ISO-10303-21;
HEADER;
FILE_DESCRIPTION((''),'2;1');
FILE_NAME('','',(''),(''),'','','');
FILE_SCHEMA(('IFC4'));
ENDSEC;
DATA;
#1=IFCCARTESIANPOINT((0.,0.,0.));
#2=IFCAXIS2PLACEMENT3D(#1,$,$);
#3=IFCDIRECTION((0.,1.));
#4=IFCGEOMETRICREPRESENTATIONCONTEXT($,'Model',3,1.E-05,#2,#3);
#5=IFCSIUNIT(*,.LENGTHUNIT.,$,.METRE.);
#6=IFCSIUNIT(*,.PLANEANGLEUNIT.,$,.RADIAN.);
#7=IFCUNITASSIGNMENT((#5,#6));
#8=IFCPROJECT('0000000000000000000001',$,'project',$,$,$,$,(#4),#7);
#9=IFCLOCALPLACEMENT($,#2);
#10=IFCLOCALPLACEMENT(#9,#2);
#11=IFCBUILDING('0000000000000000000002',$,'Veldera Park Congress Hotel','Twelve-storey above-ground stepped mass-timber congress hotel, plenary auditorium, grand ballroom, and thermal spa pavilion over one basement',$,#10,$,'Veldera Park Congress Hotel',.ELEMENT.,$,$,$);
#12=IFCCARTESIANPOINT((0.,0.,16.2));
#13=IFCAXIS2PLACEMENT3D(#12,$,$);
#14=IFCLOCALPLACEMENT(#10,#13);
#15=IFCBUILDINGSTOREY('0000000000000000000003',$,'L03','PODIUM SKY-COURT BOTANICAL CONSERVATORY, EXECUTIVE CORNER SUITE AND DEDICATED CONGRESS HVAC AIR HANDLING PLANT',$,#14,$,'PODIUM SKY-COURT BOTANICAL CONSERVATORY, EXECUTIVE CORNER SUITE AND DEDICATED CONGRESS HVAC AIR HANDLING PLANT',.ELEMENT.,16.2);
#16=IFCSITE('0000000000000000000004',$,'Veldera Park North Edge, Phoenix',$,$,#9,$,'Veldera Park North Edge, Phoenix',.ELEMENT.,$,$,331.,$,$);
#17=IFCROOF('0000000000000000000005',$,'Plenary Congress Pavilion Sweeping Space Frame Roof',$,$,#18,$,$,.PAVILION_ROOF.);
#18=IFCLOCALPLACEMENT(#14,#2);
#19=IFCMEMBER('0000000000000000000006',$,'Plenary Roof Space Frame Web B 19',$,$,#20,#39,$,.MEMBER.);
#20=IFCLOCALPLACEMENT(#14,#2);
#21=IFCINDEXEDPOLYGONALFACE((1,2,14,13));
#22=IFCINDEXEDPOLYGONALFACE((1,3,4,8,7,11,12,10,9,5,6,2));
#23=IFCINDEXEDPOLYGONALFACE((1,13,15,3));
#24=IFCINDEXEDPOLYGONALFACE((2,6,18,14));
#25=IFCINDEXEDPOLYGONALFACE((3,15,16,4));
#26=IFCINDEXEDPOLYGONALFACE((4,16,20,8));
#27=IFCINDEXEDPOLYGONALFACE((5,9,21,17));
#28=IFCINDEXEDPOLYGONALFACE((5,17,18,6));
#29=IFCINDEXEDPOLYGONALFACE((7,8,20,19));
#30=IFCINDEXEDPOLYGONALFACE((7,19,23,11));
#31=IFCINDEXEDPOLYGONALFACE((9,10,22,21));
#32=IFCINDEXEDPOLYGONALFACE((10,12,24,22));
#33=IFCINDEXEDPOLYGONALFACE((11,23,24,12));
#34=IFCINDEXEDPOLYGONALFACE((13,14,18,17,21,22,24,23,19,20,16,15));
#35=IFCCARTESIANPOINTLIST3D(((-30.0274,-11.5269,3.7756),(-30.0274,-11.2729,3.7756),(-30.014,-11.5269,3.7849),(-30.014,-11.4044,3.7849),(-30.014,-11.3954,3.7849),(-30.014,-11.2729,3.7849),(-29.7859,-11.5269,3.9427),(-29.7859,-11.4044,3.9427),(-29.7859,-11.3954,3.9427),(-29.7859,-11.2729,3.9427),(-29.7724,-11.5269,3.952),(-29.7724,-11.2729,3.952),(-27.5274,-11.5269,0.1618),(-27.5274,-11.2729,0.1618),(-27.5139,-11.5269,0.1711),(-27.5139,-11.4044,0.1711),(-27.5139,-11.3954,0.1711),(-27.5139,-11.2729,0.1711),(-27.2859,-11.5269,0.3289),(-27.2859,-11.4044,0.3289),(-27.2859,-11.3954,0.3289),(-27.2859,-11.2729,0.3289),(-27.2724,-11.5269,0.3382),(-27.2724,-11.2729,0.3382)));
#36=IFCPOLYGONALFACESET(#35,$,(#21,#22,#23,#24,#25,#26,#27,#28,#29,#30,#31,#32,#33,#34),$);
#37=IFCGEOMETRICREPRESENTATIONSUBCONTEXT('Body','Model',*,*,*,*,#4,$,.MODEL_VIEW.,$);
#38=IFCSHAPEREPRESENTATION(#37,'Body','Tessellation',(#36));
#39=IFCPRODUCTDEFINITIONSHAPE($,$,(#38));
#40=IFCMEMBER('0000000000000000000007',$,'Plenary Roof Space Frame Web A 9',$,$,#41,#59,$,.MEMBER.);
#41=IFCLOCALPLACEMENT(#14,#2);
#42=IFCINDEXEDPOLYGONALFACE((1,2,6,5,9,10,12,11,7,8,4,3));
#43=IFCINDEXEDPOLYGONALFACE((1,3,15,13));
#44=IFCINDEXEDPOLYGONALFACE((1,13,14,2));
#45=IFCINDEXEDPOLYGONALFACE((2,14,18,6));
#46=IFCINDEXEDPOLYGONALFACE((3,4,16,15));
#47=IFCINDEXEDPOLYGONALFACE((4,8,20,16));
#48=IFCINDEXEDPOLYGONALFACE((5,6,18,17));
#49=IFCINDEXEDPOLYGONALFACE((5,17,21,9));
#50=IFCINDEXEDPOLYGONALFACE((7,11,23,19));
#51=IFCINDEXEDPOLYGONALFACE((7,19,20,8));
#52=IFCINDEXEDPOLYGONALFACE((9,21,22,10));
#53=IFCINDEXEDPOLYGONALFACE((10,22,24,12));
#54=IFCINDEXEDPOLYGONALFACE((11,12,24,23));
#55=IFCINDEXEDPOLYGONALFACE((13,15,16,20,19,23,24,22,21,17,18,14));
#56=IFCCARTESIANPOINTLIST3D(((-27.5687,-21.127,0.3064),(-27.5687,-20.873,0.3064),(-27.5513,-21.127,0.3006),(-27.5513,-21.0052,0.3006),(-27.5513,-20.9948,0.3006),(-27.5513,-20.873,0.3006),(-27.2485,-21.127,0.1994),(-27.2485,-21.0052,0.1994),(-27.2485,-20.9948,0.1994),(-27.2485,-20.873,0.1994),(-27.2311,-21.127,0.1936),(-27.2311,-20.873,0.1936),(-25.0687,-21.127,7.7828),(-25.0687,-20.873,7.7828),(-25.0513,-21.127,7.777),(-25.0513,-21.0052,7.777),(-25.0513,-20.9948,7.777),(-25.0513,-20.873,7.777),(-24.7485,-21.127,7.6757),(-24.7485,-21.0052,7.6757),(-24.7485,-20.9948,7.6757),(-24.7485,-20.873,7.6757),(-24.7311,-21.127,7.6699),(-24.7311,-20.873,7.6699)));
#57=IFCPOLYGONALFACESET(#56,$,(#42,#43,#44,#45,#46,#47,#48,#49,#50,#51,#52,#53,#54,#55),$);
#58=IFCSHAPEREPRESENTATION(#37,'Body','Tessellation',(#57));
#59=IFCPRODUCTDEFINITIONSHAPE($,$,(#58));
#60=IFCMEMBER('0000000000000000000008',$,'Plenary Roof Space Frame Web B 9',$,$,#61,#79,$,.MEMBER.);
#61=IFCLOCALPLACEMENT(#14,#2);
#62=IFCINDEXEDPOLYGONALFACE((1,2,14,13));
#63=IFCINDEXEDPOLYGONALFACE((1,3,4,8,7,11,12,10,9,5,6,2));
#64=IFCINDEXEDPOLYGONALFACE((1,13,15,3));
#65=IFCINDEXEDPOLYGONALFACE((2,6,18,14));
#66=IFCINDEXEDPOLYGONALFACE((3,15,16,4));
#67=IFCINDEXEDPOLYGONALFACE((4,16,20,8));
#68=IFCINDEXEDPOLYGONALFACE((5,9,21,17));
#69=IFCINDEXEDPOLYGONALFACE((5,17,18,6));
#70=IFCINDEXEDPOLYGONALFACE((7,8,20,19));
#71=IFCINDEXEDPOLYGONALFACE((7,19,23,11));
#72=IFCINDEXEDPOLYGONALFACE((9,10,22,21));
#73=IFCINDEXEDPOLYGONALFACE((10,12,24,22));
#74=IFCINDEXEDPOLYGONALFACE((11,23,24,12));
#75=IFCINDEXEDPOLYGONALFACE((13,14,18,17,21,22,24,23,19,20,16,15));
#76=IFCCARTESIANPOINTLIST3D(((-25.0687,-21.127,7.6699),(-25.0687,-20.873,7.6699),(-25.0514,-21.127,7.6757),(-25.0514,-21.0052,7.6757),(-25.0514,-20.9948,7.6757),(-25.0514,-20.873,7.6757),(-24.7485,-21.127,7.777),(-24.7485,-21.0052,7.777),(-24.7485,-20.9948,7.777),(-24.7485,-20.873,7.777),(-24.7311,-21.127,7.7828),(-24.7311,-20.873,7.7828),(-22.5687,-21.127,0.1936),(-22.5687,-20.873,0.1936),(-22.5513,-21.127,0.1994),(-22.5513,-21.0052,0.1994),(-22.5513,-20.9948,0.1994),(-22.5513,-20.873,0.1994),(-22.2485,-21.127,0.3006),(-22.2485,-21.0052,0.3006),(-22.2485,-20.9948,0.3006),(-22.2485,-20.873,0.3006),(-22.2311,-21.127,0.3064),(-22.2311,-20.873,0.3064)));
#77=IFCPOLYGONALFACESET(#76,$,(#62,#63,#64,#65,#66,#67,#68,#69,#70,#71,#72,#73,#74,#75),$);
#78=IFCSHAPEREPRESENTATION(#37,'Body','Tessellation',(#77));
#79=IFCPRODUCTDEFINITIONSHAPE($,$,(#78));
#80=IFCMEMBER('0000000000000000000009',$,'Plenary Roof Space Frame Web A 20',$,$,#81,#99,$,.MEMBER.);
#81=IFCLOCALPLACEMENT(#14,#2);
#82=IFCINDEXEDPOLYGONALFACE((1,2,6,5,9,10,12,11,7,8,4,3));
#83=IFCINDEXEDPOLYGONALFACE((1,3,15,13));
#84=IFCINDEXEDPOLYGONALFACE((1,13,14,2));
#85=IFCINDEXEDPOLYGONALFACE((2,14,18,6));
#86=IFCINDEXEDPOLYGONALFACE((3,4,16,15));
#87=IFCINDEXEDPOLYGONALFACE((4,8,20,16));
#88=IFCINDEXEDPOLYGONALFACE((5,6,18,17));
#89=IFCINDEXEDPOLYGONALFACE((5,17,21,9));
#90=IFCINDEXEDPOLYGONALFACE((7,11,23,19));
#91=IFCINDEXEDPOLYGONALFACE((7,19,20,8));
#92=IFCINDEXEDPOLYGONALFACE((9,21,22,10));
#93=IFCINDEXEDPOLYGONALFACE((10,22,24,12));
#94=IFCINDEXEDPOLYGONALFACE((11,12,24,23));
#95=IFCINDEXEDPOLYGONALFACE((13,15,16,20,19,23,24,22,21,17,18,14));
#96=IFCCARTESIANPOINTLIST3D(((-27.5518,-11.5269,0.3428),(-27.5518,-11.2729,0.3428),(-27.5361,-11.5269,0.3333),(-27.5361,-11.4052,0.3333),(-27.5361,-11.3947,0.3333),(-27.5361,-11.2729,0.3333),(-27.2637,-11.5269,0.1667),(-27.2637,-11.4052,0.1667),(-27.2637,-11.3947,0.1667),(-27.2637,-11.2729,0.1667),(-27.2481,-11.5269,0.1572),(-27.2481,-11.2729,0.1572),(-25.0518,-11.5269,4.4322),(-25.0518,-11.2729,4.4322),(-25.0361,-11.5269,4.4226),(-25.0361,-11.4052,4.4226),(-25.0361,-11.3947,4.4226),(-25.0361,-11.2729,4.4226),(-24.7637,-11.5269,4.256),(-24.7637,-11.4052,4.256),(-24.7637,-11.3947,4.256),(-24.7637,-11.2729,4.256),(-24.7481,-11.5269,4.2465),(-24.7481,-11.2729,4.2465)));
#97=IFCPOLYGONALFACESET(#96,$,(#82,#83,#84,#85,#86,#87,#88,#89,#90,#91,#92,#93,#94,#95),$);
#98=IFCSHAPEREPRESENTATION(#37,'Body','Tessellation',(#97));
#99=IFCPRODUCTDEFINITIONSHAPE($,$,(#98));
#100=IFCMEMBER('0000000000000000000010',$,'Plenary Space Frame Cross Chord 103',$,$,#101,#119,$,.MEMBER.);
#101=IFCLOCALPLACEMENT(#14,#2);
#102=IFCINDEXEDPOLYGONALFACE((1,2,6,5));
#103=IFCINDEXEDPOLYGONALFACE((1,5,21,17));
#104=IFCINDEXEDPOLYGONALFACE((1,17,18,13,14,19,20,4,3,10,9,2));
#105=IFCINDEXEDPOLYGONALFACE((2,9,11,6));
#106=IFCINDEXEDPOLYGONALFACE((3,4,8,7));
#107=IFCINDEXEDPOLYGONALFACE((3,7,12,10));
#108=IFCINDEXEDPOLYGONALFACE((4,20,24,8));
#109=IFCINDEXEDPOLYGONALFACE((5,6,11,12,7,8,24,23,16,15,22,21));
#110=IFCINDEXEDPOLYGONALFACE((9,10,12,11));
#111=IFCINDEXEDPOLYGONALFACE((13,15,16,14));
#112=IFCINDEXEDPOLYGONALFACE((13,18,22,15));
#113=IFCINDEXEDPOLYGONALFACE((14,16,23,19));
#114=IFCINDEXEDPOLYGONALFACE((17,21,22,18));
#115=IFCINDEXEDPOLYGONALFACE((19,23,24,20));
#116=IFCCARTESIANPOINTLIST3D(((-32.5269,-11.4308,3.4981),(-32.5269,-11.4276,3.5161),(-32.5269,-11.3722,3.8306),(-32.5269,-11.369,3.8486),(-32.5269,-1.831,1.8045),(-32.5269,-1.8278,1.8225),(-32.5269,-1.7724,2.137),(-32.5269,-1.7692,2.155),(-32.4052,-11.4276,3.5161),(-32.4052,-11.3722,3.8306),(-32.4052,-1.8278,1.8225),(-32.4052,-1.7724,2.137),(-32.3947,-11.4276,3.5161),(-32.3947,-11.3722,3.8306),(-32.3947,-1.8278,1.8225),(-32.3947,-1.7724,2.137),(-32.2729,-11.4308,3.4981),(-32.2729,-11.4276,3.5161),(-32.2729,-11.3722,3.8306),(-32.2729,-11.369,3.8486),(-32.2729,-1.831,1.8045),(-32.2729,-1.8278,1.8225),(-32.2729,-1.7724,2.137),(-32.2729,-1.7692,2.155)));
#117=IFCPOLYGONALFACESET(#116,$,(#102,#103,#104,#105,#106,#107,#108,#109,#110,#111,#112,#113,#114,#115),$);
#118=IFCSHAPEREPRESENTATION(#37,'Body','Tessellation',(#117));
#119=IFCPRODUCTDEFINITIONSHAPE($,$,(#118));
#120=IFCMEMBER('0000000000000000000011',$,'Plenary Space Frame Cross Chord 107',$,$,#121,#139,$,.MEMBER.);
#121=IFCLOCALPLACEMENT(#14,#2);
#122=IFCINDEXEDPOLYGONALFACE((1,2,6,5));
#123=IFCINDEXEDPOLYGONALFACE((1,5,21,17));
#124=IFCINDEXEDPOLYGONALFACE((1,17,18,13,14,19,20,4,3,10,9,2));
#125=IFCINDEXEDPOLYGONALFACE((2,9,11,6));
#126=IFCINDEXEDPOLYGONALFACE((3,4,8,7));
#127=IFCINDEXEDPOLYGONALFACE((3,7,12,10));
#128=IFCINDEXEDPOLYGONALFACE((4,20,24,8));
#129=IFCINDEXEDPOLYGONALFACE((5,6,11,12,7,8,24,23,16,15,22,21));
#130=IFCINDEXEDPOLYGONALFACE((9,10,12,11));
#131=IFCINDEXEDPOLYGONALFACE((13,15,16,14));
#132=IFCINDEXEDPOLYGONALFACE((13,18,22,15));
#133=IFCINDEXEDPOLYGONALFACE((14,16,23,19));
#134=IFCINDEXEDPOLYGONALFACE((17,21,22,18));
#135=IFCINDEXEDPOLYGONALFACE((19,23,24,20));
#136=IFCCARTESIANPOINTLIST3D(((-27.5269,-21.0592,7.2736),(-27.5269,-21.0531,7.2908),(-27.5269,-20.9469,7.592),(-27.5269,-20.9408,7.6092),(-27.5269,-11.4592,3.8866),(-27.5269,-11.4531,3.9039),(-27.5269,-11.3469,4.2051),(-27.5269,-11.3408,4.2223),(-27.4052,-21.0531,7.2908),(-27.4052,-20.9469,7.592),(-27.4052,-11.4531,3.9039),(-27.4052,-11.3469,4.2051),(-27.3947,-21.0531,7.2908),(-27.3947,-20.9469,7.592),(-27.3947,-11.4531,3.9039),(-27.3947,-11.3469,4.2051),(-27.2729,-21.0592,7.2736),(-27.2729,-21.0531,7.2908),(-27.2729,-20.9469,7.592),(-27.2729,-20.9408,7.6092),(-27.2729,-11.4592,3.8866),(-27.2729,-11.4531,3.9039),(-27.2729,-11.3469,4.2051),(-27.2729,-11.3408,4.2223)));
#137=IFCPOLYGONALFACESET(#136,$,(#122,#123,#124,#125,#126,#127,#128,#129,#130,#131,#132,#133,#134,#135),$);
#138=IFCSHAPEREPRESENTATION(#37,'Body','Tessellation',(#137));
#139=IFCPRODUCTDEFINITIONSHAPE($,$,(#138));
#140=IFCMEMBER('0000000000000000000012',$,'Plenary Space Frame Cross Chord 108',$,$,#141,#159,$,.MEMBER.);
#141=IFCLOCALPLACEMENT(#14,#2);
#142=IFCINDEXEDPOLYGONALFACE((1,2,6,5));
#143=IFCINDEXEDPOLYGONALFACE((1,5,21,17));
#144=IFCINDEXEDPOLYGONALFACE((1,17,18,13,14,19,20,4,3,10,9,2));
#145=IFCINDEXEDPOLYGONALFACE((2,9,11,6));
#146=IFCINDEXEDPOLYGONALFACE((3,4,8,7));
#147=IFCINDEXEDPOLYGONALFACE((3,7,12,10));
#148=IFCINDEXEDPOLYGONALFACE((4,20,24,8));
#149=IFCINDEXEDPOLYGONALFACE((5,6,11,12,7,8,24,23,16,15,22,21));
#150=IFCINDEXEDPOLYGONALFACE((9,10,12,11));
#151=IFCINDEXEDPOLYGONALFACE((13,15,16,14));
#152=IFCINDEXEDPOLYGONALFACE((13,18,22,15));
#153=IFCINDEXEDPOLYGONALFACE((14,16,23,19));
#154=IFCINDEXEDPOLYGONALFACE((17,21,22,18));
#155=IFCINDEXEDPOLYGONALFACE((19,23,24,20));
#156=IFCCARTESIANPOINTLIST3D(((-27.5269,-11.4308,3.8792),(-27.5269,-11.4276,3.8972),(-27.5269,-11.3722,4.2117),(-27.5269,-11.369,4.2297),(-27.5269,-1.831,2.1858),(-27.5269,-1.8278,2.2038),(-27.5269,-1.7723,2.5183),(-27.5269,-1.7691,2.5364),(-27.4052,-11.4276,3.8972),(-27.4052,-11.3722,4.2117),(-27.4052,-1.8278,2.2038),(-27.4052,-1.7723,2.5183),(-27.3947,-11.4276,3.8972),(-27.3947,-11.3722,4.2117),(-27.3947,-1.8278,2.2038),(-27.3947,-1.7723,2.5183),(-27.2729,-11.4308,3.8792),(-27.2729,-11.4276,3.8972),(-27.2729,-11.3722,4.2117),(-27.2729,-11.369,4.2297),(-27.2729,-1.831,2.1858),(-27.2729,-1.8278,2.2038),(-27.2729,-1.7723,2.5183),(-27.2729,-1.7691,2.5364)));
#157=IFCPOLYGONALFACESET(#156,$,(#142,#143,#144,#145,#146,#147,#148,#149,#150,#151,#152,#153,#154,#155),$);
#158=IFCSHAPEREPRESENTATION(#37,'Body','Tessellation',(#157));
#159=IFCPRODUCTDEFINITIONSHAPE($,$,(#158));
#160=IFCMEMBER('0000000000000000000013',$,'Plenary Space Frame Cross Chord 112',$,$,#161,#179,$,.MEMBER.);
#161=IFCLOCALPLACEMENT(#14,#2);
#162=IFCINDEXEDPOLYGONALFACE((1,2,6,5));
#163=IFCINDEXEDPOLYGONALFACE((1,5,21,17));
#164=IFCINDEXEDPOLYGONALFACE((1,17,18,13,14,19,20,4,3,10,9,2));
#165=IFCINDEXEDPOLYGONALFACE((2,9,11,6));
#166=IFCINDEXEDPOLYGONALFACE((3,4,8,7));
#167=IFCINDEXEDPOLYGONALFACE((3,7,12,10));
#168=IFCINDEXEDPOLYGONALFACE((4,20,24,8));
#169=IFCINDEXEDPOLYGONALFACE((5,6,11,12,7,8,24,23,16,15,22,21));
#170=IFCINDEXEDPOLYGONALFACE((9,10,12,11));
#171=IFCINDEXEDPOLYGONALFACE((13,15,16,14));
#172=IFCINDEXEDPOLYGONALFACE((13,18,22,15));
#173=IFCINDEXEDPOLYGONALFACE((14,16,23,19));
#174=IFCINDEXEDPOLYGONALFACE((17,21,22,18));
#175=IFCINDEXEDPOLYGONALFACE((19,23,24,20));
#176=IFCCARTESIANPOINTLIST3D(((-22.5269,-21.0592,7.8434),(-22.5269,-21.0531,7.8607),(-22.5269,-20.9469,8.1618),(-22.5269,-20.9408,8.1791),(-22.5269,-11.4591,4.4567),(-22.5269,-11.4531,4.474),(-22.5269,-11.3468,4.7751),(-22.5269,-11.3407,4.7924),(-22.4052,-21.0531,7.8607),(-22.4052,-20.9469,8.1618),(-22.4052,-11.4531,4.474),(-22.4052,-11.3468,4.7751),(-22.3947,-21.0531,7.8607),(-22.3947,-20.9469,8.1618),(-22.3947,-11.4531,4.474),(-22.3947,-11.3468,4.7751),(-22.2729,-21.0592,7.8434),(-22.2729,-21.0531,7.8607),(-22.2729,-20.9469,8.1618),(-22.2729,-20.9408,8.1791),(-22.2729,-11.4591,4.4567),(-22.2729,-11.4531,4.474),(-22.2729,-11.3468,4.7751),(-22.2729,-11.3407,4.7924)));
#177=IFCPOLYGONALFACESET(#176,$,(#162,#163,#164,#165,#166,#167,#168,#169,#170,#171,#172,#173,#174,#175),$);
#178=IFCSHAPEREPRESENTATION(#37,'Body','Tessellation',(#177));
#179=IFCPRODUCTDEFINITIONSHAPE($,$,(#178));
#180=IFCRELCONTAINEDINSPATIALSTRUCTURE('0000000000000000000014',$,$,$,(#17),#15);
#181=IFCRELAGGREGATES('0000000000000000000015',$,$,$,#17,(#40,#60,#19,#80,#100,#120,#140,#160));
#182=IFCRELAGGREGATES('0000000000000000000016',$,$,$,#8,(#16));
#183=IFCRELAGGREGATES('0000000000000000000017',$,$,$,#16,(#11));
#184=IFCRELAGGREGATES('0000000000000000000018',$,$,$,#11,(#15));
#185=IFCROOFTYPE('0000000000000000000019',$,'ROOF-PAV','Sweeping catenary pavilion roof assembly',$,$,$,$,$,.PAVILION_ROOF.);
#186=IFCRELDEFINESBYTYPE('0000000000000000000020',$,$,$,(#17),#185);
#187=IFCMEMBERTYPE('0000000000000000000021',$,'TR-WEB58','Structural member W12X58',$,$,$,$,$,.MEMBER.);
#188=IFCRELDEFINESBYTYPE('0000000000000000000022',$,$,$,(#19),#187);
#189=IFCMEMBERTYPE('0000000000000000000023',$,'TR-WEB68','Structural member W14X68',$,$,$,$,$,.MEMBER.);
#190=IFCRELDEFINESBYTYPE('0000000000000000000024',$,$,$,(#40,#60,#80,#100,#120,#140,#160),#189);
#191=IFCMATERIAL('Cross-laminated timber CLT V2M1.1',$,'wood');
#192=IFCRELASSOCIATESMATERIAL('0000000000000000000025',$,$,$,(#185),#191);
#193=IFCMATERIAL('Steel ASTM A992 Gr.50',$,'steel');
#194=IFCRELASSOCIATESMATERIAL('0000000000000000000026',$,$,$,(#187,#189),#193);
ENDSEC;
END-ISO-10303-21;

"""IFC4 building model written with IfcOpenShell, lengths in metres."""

from ifc_helpers import new_model, si_unit, direction, frame, origin, origin_2d, place, context, subcontext, project, spatial, i_section, extrude, material, material_profile, profile_set, type_object, element, aggregate, save


model = new_model("IFC4")

# Units and contexts
model_context = context("Model", 3, precision=1e-05, world=origin(), true_north=direction((0.0, 1.0)))
body_context = subcontext(model_context, "Body", "Model", "MODEL_VIEW")
ifc_project = project(units=[si_unit("LENGTHUNIT", "METRE"), si_unit("PLANEANGLEUNIT", "RADIAN")], contexts=[model_context])

# Site, building, storey
site_placement = place(None, origin())
site = spatial("IfcSite", under=ifc_project, at=site_placement, Name="Veldera Park North Edge, Phoenix", LongName="Veldera Park North Edge, Phoenix", CompositionType="ELEMENT", RefElevation=331.0)
building_placement = place(site_placement, origin())
building = spatial("IfcBuilding", under=site, at=building_placement, Name="Veldera Park Congress Hotel", Description="Twelve-storey above-ground stepped mass-timber congress hotel, plenary auditorium, grand ballroom, and thermal spa pavilion over one basement", LongName="Veldera Park Congress Hotel", CompositionType="ELEMENT")
storey_placement = place(building_placement, frame((0.0, 0.0, 16.2)))
storey = spatial("IfcBuildingStorey", under=building, at=storey_placement, Name="L03", Description="PODIUM SKY-COURT BOTANICAL CONSERVATORY, EXECUTIVE CORNER SUITE AND DEDICATED CONGRESS HVAC AIR HANDLING PLANT", LongName="PODIUM SKY-COURT BOTANICAL CONSERVATORY, EXECUTIVE CORNER SUITE AND DEDICATED CONGRESS HVAC AIR HANDLING PLANT", CompositionType="ELEMENT", Elevation=16.2)

# Shared definitions
ifc_material_1 = material(Name="Steel ASTM A992 Gr.50", Category="steel")

# Roof, members
ifc_material_2 = material(Name="Cross-laminated timber CLT V2M1.1", Category="wood")
roof_type = type_object("IfcRoofType", Name="ROOF-PAV", Description="Sweeping catenary pavilion roof assembly", PredefinedType="PAVILION_ROOF", material=ifc_material_2)
roof_placement = place(storey_placement, origin())
roof = element("IfcRoof", 1, at=roof_placement, inside=storey, type_object=roof_type, Name="Plenary Congress Pavilion Sweeping Space Frame Roof", PredefinedType="PAVILION_ROOF")
ifc_material_profile_1 = material_profile(ifc_material_1, i_section(OverallWidth=0.2539, OverallDepth=0.3101, WebThickness=0.009, FlangeThickness=0.0164, at=origin_2d()), Name="W12X58")
ifc_profile_set_1 = profile_set([ifc_material_profile_1], Name="Steel ASTM A992 Gr.50")
member_type_1 = type_object("IfcMemberType", Name="TR-WEB58", Description="Structural member W12X58", PredefinedType="MEMBER", material=ifc_profile_set_1)
member_1_placement = place(storey_placement, frame((-27.3999, -11.3999, 0.25), z_axis=(-0.568927, 0.0, 0.822388), x_axis=(0.0, -1.0, 0.0)))
member_1 = element("IfcMember", 2, at=member_1_placement, type_object=member_type_1, Name="Plenary Roof Space Frame Web B 19", PredefinedType="MEMBER", context=body_context, shape_type="SweptSolid", body=[
    extrude(i_section(OverallWidth=0.2539, OverallDepth=0.3101, WebThickness=0.009, FlangeThickness=0.0164, at=origin_2d()), origin(), (0.0, 0.0, 1.0), 4.3943),
])
ifc_material_profile_2 = material_profile(ifc_material_1, i_section(OverallWidth=0.2539, OverallDepth=0.356, WebThickness=0.0105, FlangeThickness=0.0183, at=origin_2d()), Name="W14X68")
ifc_profile_set_2 = profile_set([ifc_material_profile_2], Name="Steel ASTM A992 Gr.50")
member_type_2 = type_object("IfcMemberType", Name="TR-WEB68", Description="Structural member W14X68", PredefinedType="MEMBER", material=ifc_profile_set_2)
member_2_placement = place(storey_placement, frame((-27.3999, -21.0, 0.25), z_axis=(0.317129, 0.0, 0.948382), x_axis=(0.0, 1.0, 0.0)))
member_2 = element("IfcMember", 3, at=member_2_placement, type_object=member_type_2, Name="Plenary Roof Space Frame Web A 9", PredefinedType="MEMBER", context=body_context, shape_type="SweptSolid", body=[
    extrude(i_section(OverallWidth=0.2539, OverallDepth=0.356, WebThickness=0.0105, FlangeThickness=0.0183, at=origin_2d()), origin(), (0.0, 0.0, 1.0), 7.8833),
])
member_3_placement = place(storey_placement, frame((-22.3999, -21.0, 0.25), z_axis=(-0.317129, 0.0, 0.948382), x_axis=(0.0, -1.0, 0.0)))
member_3 = element("IfcMember", 4, at=member_3_placement, type_object=member_type_2, Name="Plenary Roof Space Frame Web B 9", PredefinedType="MEMBER", context=body_context, shape_type="SweptSolid", body=[
    extrude(i_section(OverallWidth=0.2539, OverallDepth=0.356, WebThickness=0.0105, FlangeThickness=0.0183, at=origin_2d()), origin(), (0.0, 0.0, 1.0), 7.8833),
])
member_4_placement = place(storey_placement, frame((-27.3999, -11.3999, 0.25), z_axis=(0.521594, 0.0, 0.853194), x_axis=(0.0, 1.0, 0.0)))
member_4 = element("IfcMember", 5, at=member_4_placement, type_object=member_type_2, Name="Plenary Roof Space Frame Web A 20", PredefinedType="MEMBER", context=body_context, shape_type="SweptSolid", body=[
    extrude(i_section(OverallWidth=0.2539, OverallDepth=0.356, WebThickness=0.0105, FlangeThickness=0.0183, at=origin_2d()), origin(), (0.0, 0.0, 1.0), 4.793),
])
member_5_placement = place(storey_placement, frame((-32.3999, -11.3999, 3.6733), z_axis=(0.0, 0.984792, -0.173737), x_axis=(-1.0, 0.0, 0.0)))
member_5 = element("IfcMember", 6, at=member_5_placement, type_object=member_type_2, Name="Plenary Space Frame Cross Chord 103", PredefinedType="MEMBER", context=body_context, shape_type="SweptSolid", body=[
    extrude(i_section(OverallWidth=0.2539, OverallDepth=0.356, WebThickness=0.0105, FlangeThickness=0.0183, at=origin_2d()), origin(), (0.0, 0.0, 1.0), 9.748),
])
member_6_placement = place(storey_placement, frame((-27.3999, -21.0, 7.4414), z_axis=(0.0, 0.943031, -0.332706), x_axis=(-1.0, 0.0, 0.0)))
member_6 = element("IfcMember", 7, at=member_6_placement, type_object=member_type_2, Name="Plenary Space Frame Cross Chord 107", PredefinedType="MEMBER", context=body_context, shape_type="SweptSolid", body=[
    extrude(i_section(OverallWidth=0.2539, OverallDepth=0.356, WebThickness=0.0105, FlangeThickness=0.0183, at=origin_2d()), origin(), (0.0, 0.0, 1.0), 10.1799),
])
member_7_placement = place(storey_placement, frame((-27.3999, -11.3999, 4.0544), z_axis=(0.0, 0.984796, -0.173712), x_axis=(-1.0, 0.0, 0.0)))
member_7 = element("IfcMember", 8, at=member_7_placement, type_object=member_type_2, Name="Plenary Space Frame Cross Chord 108", PredefinedType="MEMBER", context=body_context, shape_type="SweptSolid", body=[
    extrude(i_section(OverallWidth=0.2539, OverallDepth=0.356, WebThickness=0.0105, FlangeThickness=0.0183, at=origin_2d()), origin(), (0.0, 0.0, 1.0), 9.748),
])
member_8_placement = place(storey_placement, frame((-22.3999, -21.0, 8.0112), z_axis=(0.0, 0.943038, -0.332685), x_axis=(-1.0, 0.0, 0.0)))
member_8 = element("IfcMember", 9, at=member_8_placement, type_object=member_type_2, Name="Plenary Space Frame Cross Chord 112", PredefinedType="MEMBER", context=body_context, shape_type="SweptSolid", body=[
    extrude(i_section(OverallWidth=0.2539, OverallDepth=0.356, WebThickness=0.0105, FlangeThickness=0.0183, at=origin_2d()), origin(), (0.0, 0.0, 1.0), 10.1799),
])
aggregate(roof, [member_2, member_3, member_1, member_4, member_5, member_6, member_7, member_8])

save(model, "model.ifc")
